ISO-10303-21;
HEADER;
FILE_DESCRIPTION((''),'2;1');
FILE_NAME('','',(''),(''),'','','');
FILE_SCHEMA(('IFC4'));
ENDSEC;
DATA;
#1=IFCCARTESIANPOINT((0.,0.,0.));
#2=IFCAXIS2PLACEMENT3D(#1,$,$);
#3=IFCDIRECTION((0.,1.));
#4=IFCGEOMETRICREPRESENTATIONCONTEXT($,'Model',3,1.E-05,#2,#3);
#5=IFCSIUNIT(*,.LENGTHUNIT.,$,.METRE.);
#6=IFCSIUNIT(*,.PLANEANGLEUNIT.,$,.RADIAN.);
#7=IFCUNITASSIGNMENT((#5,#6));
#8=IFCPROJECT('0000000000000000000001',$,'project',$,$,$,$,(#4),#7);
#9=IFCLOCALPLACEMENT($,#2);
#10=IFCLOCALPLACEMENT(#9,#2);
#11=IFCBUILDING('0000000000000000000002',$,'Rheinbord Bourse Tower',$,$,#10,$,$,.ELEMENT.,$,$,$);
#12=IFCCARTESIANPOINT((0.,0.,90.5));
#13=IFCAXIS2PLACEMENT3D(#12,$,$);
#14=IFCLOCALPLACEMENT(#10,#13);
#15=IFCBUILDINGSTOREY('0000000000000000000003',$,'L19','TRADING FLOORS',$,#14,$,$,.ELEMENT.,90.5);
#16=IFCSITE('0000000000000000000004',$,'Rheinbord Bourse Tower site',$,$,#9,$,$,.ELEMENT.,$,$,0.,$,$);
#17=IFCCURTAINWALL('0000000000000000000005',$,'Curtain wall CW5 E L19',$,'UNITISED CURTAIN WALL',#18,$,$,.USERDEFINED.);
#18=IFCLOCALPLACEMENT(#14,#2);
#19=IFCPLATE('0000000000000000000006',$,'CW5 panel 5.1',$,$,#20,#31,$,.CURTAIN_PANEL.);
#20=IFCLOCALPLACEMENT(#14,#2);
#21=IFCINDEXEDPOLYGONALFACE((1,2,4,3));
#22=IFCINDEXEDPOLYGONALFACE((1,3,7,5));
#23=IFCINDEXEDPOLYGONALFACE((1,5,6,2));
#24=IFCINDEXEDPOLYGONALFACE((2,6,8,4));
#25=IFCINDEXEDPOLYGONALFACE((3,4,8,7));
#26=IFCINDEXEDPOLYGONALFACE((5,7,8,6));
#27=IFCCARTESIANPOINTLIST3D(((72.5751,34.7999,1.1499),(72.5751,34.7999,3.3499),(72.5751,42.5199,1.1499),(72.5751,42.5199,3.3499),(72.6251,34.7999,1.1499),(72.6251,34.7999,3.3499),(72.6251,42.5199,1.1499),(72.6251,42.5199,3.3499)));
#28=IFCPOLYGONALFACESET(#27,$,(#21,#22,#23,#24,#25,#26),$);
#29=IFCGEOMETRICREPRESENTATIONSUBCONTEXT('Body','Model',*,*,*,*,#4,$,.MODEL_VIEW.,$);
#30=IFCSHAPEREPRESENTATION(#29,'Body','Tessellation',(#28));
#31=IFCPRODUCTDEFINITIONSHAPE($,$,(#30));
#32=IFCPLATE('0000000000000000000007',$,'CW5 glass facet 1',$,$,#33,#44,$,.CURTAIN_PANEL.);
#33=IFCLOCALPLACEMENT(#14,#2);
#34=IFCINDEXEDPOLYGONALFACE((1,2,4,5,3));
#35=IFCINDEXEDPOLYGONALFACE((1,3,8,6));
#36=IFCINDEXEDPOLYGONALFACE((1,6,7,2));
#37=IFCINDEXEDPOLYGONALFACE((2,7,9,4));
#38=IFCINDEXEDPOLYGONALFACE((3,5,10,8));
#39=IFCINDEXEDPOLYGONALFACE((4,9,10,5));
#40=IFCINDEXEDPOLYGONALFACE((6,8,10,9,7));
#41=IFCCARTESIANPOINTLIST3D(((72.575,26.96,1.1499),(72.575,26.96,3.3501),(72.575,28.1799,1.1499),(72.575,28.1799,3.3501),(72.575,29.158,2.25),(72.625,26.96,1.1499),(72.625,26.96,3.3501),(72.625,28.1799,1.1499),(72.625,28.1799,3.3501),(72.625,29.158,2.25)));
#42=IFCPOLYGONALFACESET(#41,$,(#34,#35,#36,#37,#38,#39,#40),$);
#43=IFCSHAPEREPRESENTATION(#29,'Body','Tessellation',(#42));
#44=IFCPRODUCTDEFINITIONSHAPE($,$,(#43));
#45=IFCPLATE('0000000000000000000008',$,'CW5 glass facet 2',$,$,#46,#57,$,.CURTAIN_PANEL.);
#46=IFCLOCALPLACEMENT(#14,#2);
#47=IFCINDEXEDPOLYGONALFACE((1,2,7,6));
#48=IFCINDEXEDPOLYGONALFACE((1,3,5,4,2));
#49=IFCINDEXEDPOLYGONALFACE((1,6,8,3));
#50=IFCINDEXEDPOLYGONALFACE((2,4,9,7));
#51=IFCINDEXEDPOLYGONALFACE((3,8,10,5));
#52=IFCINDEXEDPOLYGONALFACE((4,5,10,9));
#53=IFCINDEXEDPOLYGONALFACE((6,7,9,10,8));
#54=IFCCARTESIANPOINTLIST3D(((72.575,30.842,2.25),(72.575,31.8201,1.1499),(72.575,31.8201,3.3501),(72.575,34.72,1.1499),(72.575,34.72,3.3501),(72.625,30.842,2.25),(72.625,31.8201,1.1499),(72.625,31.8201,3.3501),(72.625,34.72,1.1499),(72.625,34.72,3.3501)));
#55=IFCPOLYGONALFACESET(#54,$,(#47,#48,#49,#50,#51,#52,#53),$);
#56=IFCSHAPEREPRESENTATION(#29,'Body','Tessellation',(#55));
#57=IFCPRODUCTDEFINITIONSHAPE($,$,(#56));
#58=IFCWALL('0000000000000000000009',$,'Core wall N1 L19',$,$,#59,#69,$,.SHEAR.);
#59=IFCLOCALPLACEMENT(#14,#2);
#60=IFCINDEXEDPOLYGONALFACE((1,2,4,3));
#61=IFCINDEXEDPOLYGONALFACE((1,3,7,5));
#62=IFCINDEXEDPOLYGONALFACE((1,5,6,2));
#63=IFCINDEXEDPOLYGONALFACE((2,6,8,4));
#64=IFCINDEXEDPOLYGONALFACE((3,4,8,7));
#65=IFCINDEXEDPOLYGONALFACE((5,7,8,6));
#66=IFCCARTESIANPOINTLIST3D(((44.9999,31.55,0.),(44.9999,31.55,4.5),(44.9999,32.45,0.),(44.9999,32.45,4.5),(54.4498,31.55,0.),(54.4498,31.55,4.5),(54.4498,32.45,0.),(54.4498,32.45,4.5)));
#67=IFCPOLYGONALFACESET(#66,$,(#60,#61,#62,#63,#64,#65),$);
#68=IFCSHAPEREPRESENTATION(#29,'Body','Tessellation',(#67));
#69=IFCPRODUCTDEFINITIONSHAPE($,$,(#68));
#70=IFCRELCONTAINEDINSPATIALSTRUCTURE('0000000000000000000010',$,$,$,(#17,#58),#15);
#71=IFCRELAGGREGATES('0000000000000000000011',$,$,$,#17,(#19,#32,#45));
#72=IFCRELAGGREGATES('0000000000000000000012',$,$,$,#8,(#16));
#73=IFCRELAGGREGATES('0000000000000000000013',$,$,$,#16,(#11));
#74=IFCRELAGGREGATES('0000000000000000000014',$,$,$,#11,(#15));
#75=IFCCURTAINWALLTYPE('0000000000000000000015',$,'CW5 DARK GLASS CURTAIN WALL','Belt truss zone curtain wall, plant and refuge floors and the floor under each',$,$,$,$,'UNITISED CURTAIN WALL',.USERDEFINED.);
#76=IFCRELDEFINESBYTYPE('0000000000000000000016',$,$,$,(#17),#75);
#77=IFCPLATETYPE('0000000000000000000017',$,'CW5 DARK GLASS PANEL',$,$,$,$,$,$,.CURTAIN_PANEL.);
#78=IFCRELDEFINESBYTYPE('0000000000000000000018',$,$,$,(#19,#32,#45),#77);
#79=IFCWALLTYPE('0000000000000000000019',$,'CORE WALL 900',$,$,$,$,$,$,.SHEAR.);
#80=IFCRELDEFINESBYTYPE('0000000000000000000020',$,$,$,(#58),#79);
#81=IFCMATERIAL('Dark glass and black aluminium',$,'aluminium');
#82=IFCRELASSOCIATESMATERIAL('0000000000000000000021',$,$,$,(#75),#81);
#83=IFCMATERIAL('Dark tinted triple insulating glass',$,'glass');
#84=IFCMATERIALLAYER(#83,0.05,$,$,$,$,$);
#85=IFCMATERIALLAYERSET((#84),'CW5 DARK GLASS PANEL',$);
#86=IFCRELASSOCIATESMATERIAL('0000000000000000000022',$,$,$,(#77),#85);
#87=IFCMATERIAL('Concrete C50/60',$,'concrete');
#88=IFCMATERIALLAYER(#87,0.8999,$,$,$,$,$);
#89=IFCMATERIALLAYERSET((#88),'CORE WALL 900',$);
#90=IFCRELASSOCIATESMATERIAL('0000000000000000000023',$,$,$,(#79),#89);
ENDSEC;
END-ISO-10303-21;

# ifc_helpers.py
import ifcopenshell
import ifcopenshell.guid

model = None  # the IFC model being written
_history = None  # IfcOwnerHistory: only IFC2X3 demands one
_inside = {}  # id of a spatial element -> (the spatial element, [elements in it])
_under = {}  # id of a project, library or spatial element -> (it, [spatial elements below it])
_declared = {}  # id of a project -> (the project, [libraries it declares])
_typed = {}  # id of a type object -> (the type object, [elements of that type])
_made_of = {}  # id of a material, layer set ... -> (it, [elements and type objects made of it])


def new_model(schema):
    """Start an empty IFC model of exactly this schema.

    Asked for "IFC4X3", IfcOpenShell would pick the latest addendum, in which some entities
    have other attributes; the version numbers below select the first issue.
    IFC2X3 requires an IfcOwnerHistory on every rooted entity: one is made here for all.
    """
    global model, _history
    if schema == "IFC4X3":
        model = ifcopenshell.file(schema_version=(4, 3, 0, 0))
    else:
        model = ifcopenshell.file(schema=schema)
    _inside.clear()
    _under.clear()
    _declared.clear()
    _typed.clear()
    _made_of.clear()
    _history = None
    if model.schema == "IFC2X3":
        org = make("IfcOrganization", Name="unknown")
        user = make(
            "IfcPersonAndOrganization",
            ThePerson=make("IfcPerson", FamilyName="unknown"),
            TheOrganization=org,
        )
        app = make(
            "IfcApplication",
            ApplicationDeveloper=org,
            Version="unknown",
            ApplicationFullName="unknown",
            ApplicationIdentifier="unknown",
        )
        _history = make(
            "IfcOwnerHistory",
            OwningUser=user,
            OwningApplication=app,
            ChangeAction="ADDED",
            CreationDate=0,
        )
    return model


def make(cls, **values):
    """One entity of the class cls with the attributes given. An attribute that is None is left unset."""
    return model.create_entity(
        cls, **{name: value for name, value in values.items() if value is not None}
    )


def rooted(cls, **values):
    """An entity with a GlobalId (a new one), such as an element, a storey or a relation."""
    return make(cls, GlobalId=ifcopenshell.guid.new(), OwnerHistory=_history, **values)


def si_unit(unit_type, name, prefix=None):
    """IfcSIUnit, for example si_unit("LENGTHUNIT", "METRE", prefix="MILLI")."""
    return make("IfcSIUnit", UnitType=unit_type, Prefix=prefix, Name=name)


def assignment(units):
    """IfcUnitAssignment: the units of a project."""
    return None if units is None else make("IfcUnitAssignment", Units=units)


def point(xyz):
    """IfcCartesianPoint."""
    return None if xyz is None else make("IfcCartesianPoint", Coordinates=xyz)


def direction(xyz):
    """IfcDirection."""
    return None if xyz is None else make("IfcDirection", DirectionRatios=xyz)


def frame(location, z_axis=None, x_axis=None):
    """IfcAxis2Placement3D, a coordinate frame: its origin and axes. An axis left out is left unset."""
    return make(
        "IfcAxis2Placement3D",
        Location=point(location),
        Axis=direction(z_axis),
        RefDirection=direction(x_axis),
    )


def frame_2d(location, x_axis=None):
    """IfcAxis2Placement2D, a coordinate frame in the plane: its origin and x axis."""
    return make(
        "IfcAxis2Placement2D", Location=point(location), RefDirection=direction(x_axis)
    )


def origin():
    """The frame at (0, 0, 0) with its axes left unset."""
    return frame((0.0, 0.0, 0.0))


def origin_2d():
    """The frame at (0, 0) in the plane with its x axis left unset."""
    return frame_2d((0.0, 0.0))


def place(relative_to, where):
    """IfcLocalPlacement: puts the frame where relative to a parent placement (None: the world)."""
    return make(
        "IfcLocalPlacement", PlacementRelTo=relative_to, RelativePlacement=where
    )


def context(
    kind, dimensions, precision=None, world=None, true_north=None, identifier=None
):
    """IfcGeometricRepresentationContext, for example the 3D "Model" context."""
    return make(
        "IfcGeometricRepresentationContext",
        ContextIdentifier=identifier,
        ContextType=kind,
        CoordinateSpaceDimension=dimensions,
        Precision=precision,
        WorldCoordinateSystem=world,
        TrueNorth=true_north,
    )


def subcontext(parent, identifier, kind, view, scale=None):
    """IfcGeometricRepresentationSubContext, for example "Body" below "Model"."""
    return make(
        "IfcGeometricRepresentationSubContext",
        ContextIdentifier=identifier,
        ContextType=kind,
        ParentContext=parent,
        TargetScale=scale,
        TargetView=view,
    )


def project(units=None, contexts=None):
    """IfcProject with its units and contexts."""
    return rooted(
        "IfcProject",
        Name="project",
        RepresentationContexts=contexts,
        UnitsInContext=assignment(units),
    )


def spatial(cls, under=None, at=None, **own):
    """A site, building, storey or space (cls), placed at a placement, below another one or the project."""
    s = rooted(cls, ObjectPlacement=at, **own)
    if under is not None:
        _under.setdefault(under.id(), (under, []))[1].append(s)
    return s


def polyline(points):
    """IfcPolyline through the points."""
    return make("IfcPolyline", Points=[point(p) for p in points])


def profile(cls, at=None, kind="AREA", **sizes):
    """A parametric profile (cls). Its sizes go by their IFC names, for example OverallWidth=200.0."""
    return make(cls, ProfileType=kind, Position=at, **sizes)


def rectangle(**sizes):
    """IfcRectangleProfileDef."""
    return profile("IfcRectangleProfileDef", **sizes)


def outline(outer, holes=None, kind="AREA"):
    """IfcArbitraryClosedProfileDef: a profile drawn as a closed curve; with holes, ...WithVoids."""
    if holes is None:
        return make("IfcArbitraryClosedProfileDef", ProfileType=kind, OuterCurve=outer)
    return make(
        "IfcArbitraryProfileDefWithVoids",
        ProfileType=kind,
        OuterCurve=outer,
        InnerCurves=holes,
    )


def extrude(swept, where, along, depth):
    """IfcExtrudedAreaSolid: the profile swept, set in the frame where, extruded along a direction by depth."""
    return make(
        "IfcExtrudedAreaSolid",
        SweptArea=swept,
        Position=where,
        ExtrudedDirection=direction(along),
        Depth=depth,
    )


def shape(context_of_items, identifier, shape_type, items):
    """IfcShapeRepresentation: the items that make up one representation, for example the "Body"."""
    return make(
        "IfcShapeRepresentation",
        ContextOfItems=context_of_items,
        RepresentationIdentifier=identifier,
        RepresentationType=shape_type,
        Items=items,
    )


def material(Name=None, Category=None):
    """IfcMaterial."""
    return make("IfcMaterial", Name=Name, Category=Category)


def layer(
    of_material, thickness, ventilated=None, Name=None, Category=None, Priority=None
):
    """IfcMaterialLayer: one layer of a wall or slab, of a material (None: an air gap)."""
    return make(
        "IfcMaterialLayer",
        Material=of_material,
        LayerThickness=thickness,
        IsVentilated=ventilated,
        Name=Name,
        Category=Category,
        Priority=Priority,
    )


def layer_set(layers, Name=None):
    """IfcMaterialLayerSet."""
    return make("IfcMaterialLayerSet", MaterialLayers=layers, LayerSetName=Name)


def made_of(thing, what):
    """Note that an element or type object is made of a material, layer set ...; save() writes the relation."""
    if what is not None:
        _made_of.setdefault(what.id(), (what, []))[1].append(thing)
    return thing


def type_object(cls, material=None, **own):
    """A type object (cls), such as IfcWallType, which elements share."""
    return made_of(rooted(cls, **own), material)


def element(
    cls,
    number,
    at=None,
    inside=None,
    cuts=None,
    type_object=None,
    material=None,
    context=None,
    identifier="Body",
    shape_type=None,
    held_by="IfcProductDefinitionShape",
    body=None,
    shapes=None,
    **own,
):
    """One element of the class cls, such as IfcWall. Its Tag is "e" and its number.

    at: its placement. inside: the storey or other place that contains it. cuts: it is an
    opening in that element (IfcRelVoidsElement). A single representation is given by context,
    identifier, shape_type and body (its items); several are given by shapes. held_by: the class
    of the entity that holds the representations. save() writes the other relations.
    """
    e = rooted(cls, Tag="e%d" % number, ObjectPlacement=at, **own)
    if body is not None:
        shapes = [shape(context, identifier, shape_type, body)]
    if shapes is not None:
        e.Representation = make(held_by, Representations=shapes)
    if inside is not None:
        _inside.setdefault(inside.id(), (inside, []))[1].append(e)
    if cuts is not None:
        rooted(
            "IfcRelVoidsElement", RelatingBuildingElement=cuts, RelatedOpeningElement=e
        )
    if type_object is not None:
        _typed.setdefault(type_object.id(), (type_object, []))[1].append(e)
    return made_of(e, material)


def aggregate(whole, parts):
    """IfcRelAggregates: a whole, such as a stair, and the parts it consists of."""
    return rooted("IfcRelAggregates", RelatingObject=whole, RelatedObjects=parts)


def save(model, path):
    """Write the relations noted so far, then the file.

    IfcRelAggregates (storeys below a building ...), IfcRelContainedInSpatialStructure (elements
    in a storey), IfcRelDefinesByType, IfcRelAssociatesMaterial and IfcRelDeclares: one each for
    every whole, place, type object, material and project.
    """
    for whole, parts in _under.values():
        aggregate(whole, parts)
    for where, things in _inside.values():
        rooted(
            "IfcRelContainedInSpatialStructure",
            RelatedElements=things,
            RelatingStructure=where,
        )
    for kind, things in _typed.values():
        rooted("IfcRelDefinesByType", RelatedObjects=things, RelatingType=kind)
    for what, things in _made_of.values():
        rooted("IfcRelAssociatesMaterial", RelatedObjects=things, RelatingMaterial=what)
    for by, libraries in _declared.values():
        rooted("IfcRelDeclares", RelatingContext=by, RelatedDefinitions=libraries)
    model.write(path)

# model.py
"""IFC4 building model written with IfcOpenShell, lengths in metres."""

from ifc_helpers import new_model, si_unit, direction, frame, frame_2d, origin, origin_2d, place, context, subcontext, project, spatial, polyline, rectangle, outline, extrude, material, layer, layer_set, type_object, element, aggregate, save


model = new_model("IFC4")

# Units and contexts
model_context = context("Model", 3, precision=1e-05, world=origin(), true_north=direction((0.0, 1.0)))
body_context = subcontext(model_context, "Body", "Model", "MODEL_VIEW")
ifc_project = project(units=[si_unit("LENGTHUNIT", "METRE"), si_unit("PLANEANGLEUNIT", "RADIAN")], contexts=[model_context])

# Site, building, storey
site_placement = place(None, origin())
site = spatial("IfcSite", under=ifc_project, at=site_placement, Name="Rheinbord Bourse Tower site", CompositionType="ELEMENT", RefElevation=0.0)
building_placement = place(site_placement, origin())
building = spatial("IfcBuilding", under=site, at=building_placement, Name="Rheinbord Bourse Tower", CompositionType="ELEMENT")
storey_placement = place(building_placement, frame((0.0, 0.0, 90.5)))
storey = spatial("IfcBuildingStorey", under=building, at=storey_placement, Name="L19", Description="TRADING FLOORS", CompositionType="ELEMENT", Elevation=90.5)

# Curtain wall
ifc_material_1 = material(Name="Dark glass and black aluminium", Category="aluminium")
curtain_wall_type = type_object("IfcCurtainWallType", Name="CW5 DARK GLASS CURTAIN WALL", Description="Belt truss zone curtain wall, plant and refuge floors and the floor under each", ElementType="UNITISED CURTAIN WALL", PredefinedType="USERDEFINED", material=ifc_material_1)
curtain_wall_placement = place(storey_placement, origin())
curtain_wall = element("IfcCurtainWall", 1, at=curtain_wall_placement, inside=storey, type_object=curtain_wall_type, Name="Curtain wall CW5 E L19", ObjectType="UNITISED CURTAIN WALL", PredefinedType="USERDEFINED")

# Plates
ifc_material_2 = material(Name="Dark tinted triple insulating glass", Category="glass")
ifc_layer_1 = layer(ifc_material_2, 0.05)
ifc_layer_set_1 = layer_set([ifc_layer_1], Name="CW5 DARK GLASS PANEL")
plate_type = type_object("IfcPlateType", Name="CW5 DARK GLASS PANEL", PredefinedType="CURTAIN_PANEL", material=ifc_layer_set_1)
plate_1_placement = place(storey_placement, frame((72.6001, 38.6599, 1.1499), z_axis=(0.0, 0.0, 1.0), x_axis=(0.0, 1.0, 0.0)))
plate_1 = element("IfcPlate", 2, at=plate_1_placement, type_object=plate_type, Name="CW5 panel 5.1", PredefinedType="CURTAIN_PANEL", context=body_context, shape_type="SweptSolid", body=[
    extrude(rectangle(XDim=7.72, YDim=0.05, at=origin_2d()), origin(), (0.0, 0.0, 1.0), 2.2),
])
plate_2_placement = place(storey_placement, frame((72.625, 26.96, 1.1499), z_axis=(-1.0, 0.0, 0.0), x_axis=(0.0, 0.0, 1.0)))
plate_2 = element("IfcPlate", 3, at=plate_2_placement, type_object=plate_type, Name="CW5 glass facet 1", PredefinedType="CURTAIN_PANEL", context=body_context, shape_type="SweptSolid", body=[
    extrude(outline(polyline([(0.0, 0.0), (2.2002, 0.0), (2.2002, 1.22), (1.1001, 2.198), (0.0, 1.22), (0.0, 0.0)])), origin(), (0.0, 0.0, 1.0), 0.05),
])
plate_3_placement = place(storey_placement, frame((72.625, 34.72, 3.3501), z_axis=(-1.0, 0.0, 0.0), x_axis=(0.0, 0.0, -1.0)))
plate_3 = element("IfcPlate", 4, at=plate_3_placement, type_object=plate_type, Name="CW5 glass facet 2", PredefinedType="CURTAIN_PANEL", context=body_context, shape_type="SweptSolid", body=[
    extrude(outline(polyline([(0.0, 0.0), (2.2002, 0.0), (2.2002, 2.8999), (1.1001, 3.8779), (0.0, 2.8999), (0.0, 0.0)])), origin(), (0.0, 0.0, 1.0), 0.05),
])
aggregate(curtain_wall, [plate_1, plate_2, plate_3])

# Wall
ifc_material_3 = material(Name="Concrete C50/60", Category="concrete")
ifc_layer_2 = layer(ifc_material_3, 0.8999)
ifc_layer_set_2 = layer_set([ifc_layer_2], Name="CORE WALL 900")
wall_type = type_object("IfcWallType", Name="CORE WALL 900", PredefinedType="SHEAR", material=ifc_layer_set_2)
wall_placement = place(storey_placement, frame((54.45, 32.0, 0.0), z_axis=(0.0, 0.0, 1.0), x_axis=(-1.0, 0.0, 0.0)))
element("IfcWall", 5, at=wall_placement, inside=storey, type_object=wall_type, Name="Core wall N1 L19", PredefinedType="SHEAR", context=body_context, shape_type="SweptSolid", body=[
    extrude(rectangle(XDim=9.45, YDim=0.8999, at=frame_2d((4.7251, 0.0))), origin(), (0.0, 0.0, 1.0), 4.5),
])

save(model, "model.ifc")
